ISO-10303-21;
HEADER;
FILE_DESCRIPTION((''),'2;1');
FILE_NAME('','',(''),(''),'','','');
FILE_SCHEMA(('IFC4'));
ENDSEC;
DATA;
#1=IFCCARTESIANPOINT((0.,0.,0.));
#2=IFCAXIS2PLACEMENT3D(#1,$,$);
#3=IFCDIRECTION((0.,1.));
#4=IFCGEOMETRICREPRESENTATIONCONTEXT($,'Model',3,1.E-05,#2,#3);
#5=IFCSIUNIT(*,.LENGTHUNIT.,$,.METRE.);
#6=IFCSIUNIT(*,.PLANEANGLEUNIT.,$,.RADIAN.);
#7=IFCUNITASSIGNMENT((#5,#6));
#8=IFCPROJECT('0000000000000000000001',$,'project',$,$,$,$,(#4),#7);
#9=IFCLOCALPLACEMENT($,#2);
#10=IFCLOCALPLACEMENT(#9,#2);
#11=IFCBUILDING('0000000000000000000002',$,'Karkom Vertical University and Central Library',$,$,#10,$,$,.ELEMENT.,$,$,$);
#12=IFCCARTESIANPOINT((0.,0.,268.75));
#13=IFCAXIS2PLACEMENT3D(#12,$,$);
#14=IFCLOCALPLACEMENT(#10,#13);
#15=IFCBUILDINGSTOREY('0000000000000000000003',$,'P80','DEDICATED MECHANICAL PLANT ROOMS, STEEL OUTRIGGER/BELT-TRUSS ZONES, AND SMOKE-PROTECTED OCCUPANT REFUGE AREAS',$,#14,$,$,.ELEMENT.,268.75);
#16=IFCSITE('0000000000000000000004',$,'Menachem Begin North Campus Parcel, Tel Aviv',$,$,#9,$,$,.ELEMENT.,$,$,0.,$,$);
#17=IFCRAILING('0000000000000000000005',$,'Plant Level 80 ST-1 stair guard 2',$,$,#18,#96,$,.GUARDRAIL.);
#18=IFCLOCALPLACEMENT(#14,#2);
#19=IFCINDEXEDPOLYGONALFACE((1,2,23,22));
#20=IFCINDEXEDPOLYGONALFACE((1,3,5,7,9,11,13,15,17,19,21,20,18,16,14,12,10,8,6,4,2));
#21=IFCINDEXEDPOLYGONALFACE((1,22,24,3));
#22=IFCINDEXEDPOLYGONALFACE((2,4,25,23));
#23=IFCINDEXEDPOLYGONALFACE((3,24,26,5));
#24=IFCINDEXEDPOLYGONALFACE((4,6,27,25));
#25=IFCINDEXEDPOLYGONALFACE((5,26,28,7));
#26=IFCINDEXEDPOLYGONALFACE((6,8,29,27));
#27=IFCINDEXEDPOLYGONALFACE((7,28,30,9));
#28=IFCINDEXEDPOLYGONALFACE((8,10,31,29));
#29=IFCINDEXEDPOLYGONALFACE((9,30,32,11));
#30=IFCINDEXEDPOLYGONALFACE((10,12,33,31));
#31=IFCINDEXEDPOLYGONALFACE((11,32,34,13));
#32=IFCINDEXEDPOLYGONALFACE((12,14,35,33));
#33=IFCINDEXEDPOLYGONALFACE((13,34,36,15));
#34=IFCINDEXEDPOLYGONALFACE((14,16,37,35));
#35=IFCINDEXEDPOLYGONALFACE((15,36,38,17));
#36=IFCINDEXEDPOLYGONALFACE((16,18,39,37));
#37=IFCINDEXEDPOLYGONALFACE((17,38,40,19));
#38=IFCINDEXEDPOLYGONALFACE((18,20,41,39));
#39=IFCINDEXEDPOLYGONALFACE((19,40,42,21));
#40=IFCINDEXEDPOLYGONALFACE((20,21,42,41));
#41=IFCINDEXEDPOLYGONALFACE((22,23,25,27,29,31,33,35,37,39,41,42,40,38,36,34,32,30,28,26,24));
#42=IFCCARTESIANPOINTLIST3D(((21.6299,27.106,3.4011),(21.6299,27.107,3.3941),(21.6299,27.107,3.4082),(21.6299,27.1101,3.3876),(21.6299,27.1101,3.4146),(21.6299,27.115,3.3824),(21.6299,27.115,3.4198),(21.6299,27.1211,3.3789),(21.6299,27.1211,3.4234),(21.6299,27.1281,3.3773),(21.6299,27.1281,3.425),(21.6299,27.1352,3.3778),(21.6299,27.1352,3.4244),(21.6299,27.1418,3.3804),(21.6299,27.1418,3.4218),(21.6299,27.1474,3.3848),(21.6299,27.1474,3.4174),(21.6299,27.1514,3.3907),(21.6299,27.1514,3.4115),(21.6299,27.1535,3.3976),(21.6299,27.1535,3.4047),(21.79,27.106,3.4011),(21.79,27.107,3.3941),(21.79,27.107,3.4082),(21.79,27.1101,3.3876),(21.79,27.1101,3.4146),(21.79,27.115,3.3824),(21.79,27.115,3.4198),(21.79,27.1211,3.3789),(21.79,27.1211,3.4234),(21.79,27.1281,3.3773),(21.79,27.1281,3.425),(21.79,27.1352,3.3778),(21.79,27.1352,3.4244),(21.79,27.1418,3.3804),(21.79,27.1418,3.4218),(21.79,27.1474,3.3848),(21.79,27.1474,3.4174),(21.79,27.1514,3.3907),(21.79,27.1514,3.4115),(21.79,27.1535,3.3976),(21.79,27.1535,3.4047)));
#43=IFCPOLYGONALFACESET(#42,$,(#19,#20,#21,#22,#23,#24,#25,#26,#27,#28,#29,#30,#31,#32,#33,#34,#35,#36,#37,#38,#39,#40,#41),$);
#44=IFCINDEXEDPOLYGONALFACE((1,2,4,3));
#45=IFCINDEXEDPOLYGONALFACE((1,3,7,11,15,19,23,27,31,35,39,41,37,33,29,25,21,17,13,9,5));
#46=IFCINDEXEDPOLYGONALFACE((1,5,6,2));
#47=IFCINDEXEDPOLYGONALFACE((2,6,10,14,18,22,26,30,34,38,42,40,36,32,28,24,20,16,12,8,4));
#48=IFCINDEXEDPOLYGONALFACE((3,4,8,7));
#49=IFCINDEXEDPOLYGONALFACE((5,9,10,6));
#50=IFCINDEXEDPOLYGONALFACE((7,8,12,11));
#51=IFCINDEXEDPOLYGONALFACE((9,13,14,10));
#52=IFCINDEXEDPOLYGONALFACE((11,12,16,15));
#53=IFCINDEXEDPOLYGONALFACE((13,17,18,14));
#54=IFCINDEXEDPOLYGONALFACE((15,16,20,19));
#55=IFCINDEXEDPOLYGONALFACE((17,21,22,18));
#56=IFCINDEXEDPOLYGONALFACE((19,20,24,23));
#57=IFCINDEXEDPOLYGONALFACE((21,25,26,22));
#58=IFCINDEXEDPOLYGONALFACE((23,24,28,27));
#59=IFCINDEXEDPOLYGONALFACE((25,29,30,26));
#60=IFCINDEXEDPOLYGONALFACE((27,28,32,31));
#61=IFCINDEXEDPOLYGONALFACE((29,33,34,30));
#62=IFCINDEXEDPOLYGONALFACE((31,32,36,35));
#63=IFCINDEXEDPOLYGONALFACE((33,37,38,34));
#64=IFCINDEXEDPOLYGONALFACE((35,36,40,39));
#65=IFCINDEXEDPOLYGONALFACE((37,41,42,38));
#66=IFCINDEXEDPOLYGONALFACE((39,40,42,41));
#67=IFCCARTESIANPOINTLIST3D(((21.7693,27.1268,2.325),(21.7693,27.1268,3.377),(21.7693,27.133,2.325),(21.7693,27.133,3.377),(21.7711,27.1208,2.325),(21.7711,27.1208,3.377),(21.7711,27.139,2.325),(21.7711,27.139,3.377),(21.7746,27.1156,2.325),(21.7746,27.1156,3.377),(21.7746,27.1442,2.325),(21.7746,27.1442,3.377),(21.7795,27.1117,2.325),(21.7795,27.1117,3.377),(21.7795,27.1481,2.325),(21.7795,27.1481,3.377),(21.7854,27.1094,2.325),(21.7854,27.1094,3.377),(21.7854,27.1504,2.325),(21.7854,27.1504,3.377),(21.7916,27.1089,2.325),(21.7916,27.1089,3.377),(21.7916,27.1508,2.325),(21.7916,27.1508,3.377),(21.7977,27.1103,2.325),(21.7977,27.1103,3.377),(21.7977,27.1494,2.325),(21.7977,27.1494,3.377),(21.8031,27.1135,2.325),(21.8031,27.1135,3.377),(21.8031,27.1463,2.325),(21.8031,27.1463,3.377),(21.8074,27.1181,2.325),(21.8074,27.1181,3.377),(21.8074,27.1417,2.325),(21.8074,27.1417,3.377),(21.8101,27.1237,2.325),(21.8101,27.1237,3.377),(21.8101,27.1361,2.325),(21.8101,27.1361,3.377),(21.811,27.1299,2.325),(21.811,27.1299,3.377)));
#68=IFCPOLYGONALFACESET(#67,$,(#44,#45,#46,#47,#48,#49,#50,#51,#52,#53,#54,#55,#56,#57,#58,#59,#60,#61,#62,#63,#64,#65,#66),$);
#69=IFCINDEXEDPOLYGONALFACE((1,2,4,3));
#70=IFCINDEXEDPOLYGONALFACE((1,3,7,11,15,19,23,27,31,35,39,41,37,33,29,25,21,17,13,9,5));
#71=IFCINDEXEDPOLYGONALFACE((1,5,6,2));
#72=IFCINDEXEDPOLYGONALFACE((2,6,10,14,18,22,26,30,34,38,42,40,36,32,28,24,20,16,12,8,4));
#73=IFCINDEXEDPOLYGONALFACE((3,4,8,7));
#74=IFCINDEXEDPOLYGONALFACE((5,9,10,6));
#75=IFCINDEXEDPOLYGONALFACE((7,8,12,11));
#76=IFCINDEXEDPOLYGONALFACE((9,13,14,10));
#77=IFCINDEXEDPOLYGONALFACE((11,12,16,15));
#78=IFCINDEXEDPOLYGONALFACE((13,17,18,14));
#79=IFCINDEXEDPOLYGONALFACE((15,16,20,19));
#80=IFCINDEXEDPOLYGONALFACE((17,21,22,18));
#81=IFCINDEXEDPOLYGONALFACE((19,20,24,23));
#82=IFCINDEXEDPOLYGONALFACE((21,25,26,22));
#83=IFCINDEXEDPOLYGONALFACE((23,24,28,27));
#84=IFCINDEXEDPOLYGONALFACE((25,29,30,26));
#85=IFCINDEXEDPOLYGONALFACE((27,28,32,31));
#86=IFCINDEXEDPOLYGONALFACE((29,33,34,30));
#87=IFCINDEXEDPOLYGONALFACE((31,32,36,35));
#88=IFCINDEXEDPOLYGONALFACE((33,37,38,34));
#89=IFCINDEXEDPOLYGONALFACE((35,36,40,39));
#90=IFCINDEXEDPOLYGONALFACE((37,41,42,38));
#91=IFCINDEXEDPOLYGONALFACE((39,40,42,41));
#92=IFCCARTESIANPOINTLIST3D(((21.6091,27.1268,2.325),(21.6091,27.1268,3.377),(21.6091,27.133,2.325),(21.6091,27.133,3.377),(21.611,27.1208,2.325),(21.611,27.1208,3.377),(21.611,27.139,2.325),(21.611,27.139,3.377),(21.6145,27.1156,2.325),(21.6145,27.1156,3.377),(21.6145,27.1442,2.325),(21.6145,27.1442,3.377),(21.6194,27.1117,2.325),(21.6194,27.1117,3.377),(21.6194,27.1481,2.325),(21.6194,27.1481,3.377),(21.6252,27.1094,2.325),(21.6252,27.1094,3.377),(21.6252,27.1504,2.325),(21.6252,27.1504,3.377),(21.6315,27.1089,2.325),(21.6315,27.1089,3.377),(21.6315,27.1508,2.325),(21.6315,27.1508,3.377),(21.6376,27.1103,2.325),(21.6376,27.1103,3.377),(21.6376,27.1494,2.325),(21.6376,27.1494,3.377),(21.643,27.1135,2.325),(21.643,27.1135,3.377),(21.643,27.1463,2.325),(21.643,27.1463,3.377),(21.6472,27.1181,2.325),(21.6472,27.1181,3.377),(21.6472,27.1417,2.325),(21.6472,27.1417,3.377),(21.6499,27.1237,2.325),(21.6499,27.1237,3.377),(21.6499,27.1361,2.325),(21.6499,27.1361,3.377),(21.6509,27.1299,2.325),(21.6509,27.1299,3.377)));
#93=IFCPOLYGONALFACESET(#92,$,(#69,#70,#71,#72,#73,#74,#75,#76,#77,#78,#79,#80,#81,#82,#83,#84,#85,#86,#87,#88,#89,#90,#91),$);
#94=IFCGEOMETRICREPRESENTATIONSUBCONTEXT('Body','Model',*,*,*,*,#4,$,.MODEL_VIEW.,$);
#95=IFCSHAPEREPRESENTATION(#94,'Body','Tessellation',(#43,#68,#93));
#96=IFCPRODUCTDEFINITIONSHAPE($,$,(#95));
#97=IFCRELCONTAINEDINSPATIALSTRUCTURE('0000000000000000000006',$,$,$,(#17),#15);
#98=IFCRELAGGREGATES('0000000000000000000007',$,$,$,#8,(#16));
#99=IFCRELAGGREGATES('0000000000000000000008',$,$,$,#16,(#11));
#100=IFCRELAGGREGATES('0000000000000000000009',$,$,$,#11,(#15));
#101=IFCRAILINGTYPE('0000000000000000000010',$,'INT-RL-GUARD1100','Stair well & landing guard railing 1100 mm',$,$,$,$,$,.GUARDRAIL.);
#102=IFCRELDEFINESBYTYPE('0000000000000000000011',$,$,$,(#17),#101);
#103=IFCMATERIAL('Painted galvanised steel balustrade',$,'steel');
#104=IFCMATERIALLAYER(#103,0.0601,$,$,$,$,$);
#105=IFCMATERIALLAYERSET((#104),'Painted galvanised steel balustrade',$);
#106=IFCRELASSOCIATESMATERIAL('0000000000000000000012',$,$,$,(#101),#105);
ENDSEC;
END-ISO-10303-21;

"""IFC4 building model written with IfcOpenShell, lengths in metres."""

from ifc_helpers import new_model, si_unit, direction, frame, origin, origin_2d, place, context, subcontext, project, spatial, circle, extrude, material, layer, layer_set, type_object, element, save


model = new_model("IFC4")

# Units and contexts
model_context = context("Model", 3, precision=1e-05, world=origin(), true_north=direction((0.0, 1.0)))
body_context = subcontext(model_context, "Body", "Model", "MODEL_VIEW")
ifc_project = project(units=[si_unit("LENGTHUNIT", "METRE"), si_unit("PLANEANGLEUNIT", "RADIAN")], contexts=[model_context])

# Site, building, storey
site_placement = place(None, origin())
site = spatial("IfcSite", under=ifc_project, at=site_placement, Name="Menachem Begin North Campus Parcel, Tel Aviv", CompositionType="ELEMENT", RefElevation=0.0)
building_placement = place(site_placement, origin())
building = spatial("IfcBuilding", under=site, at=building_placement, Name="Karkom Vertical University and Central Library", CompositionType="ELEMENT")
storey_placement = place(building_placement, frame((0.0, 0.0, 268.75)))
storey = spatial("IfcBuildingStorey", under=building, at=storey_placement, Name="P80", Description="DEDICATED MECHANICAL PLANT ROOMS, STEEL OUTRIGGER/BELT-TRUSS ZONES, AND SMOKE-PROTECTED OCCUPANT REFUGE AREAS", CompositionType="ELEMENT", Elevation=268.75)

# Railing
ifc_material_1 = material(Name="Painted galvanised steel balustrade", Category="steel")
ifc_layer_1 = layer(ifc_material_1, 0.0601)
ifc_layer_set_1 = layer_set([ifc_layer_1], Name="Painted galvanised steel balustrade")
railing_type_1 = type_object("IfcRailingType", Name="INT-RL-GUARD1100", Description="Stair well & landing guard railing 1100 mm", PredefinedType="GUARDRAIL", material=ifc_layer_set_1)
railing_1_placement = place(storey_placement, frame((21.79, 27.1299, 2.325)))
element("IfcRailing", 1, at=railing_1_placement, inside=storey, type_object=railing_type_1, Name="Plant Level 80 ST-1 stair guard 2", PredefinedType="GUARDRAIL", context=body_context, shape_type="SweptSolid", body=[
    extrude(circle(Radius=0.0239, at=origin_2d()), frame((0.0, 0.0, 1.0762), z_axis=(-1.0, 0.0, 0.0), x_axis=(0.0, -1.0, 0.0)), (0.0, 0.0, 1.0), 0.1602),
    extrude(circle(Radius=0.021, at=origin_2d()), origin(), (0.0, 0.0, 1.0), 1.052),
    extrude(circle(Radius=0.021, at=origin_2d()), frame((-0.1602, 0.0, 0.0)), (0.0, 0.0, 1.0), 1.052),
])

save(model, "model.ifc")
